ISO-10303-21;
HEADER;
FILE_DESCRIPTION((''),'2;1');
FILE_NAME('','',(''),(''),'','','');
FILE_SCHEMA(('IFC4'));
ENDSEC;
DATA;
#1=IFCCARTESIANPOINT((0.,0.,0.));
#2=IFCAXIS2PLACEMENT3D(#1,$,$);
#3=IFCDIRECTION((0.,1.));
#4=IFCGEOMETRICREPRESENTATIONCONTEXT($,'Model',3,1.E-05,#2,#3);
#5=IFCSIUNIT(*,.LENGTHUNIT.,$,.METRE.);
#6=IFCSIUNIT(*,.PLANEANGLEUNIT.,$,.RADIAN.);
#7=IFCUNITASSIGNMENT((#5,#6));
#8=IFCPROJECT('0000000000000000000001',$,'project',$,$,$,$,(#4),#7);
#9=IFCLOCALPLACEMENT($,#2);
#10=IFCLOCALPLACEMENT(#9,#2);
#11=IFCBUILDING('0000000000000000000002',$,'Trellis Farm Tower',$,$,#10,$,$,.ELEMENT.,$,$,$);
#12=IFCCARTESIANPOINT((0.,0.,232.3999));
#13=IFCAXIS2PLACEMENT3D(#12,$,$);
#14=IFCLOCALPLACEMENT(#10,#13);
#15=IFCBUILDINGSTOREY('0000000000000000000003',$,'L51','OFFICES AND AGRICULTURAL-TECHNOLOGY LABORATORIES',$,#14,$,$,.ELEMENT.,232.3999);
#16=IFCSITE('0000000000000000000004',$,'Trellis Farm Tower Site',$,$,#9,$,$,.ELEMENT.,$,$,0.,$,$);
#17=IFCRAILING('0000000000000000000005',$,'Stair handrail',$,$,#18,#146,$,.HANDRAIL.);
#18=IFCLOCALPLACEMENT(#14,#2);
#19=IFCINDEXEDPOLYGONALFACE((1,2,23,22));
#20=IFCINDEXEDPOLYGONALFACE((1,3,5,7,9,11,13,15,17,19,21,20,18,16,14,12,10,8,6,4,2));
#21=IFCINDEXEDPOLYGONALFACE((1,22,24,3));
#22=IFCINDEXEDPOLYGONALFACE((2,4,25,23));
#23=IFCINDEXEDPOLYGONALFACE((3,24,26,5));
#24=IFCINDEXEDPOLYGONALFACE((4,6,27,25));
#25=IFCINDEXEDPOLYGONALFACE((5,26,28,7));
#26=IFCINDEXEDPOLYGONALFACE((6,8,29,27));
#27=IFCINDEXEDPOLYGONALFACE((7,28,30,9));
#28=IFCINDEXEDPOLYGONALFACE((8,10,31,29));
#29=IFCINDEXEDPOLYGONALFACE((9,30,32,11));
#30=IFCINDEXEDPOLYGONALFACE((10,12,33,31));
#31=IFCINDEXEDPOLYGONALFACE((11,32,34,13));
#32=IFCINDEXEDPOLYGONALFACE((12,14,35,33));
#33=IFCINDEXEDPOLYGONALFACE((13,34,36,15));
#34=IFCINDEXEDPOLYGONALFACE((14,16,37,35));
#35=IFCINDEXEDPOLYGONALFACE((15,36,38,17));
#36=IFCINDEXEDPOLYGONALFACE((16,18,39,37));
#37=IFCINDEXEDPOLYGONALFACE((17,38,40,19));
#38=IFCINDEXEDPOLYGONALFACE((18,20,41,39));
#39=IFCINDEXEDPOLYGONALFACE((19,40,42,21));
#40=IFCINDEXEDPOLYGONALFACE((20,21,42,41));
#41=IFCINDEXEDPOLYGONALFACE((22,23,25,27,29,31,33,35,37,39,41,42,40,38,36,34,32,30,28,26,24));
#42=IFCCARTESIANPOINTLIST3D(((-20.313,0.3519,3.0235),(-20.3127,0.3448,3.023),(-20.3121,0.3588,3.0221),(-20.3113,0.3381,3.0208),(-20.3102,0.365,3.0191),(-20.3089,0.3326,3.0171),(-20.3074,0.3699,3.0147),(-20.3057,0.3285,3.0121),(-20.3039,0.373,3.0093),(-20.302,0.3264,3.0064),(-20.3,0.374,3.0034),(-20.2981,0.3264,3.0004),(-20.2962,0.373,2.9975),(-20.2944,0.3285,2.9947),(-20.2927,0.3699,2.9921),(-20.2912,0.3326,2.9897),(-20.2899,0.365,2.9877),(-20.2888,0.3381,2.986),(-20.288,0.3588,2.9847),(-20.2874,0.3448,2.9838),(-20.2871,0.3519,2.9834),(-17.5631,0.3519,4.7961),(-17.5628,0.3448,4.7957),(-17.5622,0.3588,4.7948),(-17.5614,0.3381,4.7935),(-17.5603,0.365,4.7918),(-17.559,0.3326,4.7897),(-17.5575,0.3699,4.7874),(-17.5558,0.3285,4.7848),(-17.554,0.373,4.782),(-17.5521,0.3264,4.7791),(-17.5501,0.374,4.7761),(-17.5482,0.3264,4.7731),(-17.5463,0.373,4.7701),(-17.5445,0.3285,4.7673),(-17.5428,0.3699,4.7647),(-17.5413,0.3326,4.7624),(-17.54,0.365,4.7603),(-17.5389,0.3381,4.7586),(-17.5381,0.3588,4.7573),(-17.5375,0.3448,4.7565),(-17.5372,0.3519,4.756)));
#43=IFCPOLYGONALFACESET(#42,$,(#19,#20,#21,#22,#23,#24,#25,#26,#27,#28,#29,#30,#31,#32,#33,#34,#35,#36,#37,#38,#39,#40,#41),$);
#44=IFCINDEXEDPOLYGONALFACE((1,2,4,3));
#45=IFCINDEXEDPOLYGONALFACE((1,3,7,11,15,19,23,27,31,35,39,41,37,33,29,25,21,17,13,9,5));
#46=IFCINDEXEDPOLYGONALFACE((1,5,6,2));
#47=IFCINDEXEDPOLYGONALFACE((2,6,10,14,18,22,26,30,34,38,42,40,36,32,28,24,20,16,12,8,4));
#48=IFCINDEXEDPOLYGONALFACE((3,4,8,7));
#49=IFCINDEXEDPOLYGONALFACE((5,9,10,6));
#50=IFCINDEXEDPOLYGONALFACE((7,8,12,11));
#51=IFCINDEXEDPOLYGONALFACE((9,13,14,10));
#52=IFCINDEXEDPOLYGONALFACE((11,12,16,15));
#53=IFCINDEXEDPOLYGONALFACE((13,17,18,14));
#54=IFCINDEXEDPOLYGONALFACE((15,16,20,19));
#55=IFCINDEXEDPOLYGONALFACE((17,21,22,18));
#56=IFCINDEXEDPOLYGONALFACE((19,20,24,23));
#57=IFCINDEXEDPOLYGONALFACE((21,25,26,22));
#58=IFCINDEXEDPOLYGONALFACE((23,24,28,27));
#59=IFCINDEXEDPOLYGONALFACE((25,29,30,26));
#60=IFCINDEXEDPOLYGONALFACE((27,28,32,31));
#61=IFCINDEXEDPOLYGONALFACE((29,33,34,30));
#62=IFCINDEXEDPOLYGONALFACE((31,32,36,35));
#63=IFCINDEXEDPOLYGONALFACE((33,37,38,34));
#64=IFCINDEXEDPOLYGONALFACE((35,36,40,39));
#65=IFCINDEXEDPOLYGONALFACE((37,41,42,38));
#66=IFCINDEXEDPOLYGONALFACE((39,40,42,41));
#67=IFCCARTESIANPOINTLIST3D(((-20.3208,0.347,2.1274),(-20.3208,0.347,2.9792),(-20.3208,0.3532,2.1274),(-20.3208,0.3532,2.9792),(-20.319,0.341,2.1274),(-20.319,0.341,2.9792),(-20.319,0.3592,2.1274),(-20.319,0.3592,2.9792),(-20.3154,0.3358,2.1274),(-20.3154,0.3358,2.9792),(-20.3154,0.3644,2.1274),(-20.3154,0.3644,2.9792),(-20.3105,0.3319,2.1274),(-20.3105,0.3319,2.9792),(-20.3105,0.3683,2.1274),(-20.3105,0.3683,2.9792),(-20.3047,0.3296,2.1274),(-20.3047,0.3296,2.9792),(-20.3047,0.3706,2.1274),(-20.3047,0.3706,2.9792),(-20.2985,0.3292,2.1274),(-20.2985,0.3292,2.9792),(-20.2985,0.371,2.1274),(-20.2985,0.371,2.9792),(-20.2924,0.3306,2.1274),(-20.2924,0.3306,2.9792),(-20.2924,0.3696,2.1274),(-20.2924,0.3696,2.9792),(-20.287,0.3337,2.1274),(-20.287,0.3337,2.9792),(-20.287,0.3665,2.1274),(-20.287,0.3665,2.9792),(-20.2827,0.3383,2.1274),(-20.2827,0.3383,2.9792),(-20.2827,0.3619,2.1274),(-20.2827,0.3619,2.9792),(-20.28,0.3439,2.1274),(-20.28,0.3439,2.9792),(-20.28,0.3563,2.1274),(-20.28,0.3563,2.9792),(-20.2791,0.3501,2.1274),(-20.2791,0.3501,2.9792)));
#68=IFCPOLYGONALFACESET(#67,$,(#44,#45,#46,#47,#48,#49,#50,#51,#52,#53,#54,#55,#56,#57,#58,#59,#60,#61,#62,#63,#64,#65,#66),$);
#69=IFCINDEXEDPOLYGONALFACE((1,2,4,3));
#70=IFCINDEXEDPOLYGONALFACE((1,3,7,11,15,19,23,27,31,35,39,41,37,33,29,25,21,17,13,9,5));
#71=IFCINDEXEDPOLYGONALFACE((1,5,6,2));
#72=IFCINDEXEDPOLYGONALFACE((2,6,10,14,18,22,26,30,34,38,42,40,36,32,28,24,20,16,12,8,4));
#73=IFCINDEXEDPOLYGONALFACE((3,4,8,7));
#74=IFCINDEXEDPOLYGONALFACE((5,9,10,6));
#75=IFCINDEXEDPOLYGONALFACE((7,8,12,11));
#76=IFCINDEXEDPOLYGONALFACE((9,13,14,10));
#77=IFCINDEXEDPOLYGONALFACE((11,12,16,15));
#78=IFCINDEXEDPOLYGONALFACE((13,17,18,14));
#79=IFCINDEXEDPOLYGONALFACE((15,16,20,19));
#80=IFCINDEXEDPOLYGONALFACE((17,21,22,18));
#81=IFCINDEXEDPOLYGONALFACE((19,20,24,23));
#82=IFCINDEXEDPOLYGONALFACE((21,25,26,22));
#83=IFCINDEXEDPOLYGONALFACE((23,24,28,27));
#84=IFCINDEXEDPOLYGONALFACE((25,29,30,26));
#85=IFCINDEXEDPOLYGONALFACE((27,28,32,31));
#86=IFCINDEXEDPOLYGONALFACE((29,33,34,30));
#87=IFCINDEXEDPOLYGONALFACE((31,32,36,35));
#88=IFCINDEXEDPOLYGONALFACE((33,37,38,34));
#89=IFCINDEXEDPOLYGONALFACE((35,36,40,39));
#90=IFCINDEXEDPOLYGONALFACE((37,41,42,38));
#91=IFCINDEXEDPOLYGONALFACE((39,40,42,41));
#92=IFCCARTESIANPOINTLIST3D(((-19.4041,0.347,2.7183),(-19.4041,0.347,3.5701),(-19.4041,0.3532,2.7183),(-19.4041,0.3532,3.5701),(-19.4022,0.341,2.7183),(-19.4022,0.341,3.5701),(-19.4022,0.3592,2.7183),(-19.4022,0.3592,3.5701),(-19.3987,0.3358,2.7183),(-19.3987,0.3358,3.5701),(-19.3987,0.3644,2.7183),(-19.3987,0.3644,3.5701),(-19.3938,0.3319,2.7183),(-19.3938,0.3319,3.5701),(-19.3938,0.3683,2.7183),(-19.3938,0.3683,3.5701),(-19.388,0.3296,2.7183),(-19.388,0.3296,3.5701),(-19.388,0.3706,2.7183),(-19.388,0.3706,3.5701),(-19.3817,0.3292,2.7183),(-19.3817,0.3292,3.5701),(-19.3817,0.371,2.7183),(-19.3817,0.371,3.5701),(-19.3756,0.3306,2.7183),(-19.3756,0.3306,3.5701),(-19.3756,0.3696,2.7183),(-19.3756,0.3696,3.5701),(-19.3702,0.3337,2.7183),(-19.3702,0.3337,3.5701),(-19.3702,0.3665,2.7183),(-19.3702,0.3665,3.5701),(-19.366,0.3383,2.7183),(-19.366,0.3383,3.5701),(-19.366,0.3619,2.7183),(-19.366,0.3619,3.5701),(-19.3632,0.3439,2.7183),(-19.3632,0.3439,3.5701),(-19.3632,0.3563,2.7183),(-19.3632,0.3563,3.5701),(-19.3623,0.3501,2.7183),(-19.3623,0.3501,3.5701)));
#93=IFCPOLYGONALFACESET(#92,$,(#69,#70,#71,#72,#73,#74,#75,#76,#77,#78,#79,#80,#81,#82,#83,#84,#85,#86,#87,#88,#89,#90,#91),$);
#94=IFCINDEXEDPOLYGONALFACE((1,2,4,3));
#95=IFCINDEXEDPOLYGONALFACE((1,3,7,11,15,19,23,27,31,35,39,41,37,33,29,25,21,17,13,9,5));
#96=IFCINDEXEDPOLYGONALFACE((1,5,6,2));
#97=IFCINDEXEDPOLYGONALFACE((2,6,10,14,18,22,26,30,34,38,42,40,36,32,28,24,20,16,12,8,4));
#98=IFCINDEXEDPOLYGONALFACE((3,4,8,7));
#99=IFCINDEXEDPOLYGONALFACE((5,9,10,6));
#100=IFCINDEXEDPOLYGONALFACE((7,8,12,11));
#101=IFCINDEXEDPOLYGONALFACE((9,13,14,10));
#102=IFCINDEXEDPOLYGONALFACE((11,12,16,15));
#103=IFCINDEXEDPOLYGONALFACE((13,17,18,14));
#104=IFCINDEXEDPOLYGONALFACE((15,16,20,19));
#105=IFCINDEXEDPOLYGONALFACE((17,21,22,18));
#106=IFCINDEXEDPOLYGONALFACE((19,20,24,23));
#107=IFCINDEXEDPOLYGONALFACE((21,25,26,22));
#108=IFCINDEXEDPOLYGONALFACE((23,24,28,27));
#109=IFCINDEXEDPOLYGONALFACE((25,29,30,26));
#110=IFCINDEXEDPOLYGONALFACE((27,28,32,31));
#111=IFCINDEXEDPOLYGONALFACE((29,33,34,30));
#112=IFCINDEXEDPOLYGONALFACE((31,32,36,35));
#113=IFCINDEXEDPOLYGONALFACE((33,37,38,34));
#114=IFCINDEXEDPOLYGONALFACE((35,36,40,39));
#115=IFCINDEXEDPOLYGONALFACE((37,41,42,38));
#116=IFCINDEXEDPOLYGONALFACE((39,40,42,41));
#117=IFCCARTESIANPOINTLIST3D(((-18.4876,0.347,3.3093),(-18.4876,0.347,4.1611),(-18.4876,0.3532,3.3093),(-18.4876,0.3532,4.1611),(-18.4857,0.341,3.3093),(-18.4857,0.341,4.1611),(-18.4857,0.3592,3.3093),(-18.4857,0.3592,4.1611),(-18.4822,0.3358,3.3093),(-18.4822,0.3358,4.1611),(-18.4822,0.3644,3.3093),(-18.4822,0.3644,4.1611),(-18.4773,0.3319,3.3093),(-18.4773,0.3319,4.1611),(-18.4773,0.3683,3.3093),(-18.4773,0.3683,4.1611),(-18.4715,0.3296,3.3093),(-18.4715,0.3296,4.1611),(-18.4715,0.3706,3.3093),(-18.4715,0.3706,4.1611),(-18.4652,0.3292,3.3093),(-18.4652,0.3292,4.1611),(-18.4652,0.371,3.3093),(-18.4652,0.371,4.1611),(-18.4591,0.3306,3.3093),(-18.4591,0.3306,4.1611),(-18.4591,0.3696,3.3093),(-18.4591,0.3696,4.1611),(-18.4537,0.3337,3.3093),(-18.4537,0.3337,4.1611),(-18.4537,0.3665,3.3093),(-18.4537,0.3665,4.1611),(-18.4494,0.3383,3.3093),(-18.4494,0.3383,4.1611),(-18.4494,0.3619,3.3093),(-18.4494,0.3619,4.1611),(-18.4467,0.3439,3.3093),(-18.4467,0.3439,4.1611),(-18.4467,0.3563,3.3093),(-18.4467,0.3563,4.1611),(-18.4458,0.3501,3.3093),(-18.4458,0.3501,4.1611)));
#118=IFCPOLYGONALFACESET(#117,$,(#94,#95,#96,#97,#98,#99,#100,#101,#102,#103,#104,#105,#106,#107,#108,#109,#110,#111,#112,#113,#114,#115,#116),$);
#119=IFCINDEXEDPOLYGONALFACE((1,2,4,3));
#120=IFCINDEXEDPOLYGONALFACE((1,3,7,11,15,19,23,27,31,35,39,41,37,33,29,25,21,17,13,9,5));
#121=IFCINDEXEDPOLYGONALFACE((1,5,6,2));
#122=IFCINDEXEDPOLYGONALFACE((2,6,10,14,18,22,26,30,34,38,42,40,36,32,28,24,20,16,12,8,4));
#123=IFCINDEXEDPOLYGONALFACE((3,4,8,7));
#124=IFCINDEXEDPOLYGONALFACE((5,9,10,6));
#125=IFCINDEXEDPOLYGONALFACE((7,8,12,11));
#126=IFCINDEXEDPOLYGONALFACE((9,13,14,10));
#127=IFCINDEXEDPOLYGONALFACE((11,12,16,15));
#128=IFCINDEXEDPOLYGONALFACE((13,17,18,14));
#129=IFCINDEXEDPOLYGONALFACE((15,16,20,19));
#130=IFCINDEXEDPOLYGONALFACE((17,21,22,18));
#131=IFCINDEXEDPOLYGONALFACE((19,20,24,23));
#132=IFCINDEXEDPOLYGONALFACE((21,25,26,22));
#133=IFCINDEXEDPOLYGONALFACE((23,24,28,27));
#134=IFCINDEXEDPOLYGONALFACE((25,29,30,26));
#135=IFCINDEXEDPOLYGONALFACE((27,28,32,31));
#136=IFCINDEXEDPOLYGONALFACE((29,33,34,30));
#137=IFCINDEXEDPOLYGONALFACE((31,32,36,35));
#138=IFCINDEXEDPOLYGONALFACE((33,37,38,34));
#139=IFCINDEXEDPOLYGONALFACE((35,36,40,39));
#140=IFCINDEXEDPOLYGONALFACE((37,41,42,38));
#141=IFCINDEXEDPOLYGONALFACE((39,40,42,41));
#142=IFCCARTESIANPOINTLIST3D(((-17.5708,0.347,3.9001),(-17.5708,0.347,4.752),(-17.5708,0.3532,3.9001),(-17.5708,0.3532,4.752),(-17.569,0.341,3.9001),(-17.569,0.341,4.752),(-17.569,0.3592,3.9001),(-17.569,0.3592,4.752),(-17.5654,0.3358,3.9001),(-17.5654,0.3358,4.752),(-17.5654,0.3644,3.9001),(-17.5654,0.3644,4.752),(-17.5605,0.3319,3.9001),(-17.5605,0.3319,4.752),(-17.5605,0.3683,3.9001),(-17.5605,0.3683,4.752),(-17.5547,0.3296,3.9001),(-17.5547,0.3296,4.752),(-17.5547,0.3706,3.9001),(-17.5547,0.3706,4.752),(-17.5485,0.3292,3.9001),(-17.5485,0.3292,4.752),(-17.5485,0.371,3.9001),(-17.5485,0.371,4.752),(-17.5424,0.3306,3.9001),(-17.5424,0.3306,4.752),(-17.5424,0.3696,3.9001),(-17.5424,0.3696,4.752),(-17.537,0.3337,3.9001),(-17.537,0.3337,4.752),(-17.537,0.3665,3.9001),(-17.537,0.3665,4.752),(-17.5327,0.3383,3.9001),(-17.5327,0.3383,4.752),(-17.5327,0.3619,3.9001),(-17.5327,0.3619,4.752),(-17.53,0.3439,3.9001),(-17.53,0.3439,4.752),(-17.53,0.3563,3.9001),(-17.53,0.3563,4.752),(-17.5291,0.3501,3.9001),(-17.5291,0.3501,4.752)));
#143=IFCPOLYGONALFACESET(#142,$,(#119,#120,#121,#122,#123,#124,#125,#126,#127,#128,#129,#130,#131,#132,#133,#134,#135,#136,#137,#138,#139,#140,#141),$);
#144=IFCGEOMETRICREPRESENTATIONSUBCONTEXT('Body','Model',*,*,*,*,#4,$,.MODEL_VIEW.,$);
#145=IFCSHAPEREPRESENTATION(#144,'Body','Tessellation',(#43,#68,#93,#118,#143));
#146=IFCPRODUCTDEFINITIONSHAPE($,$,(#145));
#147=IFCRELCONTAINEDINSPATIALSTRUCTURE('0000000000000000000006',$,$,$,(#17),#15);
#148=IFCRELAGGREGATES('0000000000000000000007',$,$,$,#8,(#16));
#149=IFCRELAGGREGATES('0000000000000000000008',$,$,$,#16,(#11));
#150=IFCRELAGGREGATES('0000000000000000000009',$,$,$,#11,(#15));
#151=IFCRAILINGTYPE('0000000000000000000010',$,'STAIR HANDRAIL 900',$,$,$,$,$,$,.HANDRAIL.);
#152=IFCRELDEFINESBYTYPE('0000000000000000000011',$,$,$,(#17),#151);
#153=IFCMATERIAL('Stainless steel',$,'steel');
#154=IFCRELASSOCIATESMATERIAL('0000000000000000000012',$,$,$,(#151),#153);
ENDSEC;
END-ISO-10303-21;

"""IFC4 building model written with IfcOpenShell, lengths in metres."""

from ifc_helpers import new_model, si_unit, direction, frame, origin, origin_2d, place, context, subcontext, project, spatial, circle, extrude, source, transform, mapped, material, type_object, element, save


model = new_model("IFC4")

# Units and contexts
model_context = context("Model", 3, precision=1e-05, world=origin(), true_north=direction((0.0, 1.0)))
body_context = subcontext(model_context, "Body", "Model", "MODEL_VIEW")
ifc_project = project(units=[si_unit("LENGTHUNIT", "METRE"), si_unit("PLANEANGLEUNIT", "RADIAN")], contexts=[model_context])

# Site, building, storey
site_placement = place(None, origin())
site = spatial("IfcSite", under=ifc_project, at=site_placement, Name="Trellis Farm Tower Site", CompositionType="ELEMENT", RefElevation=0.0)
building_placement = place(site_placement, origin())
building = spatial("IfcBuilding", under=site, at=building_placement, Name="Trellis Farm Tower", CompositionType="ELEMENT")
storey_placement = place(building_placement, frame((0.0, 0.0, 232.3999)))
storey = spatial("IfcBuildingStorey", under=building, at=storey_placement, Name="L51", Description="OFFICES AND AGRICULTURAL-TECHNOLOGY LABORATORIES", CompositionType="ELEMENT", Elevation=232.3999)

# Railing
ifc_material_1 = material(Name="Stainless steel", Category="steel")
railing_type = type_object("IfcRailingType", Name="STAIR HANDRAIL 900", PredefinedType="HANDRAIL", material=ifc_material_1)
shared_shape_1 = source(origin(), body_context, "Body", "SweptSolid", [
    extrude(circle(Radius=0.0239, at=origin_2d()), frame((0.0, 0.0, 0.876), z_axis=(0.840504, 0.0, 0.541806), x_axis=(0.0, 1.0, 0.0)), (0.0, 0.0, 1.0), 3.2717),
    extrude(circle(Radius=0.021, at=origin_2d()), origin(), (0.0, 0.0, 1.0), 0.8518),
    extrude(circle(Radius=0.021, at=origin_2d()), frame((0.9167, 0.0, 0.5908)), (0.0, 0.0, 1.0), 0.8518),
    extrude(circle(Radius=0.021, at=origin_2d()), frame((1.8333, 0.0, 1.1819)), (0.0, 0.0, 1.0), 0.8518),
    extrude(circle(Radius=0.021, at=origin_2d()), frame((2.75, 0.0, 1.7727)), (0.0, 0.0, 1.0), 0.8518),
])
for number, where, name in (
    (1, (-20.3, 0.3501, 2.1274), "Stair handrail"),
):
    element("IfcRailing", number, at=place(storey_placement, frame(where)), inside=storey, type_object=railing_type, Name=name, PredefinedType="HANDRAIL", context=body_context, shape_type="MappedRepresentation", body=[
        mapped(shared_shape_1, transform((0.0, 0.0, 0.0))),
    ])

save(model, "model.ifc")
